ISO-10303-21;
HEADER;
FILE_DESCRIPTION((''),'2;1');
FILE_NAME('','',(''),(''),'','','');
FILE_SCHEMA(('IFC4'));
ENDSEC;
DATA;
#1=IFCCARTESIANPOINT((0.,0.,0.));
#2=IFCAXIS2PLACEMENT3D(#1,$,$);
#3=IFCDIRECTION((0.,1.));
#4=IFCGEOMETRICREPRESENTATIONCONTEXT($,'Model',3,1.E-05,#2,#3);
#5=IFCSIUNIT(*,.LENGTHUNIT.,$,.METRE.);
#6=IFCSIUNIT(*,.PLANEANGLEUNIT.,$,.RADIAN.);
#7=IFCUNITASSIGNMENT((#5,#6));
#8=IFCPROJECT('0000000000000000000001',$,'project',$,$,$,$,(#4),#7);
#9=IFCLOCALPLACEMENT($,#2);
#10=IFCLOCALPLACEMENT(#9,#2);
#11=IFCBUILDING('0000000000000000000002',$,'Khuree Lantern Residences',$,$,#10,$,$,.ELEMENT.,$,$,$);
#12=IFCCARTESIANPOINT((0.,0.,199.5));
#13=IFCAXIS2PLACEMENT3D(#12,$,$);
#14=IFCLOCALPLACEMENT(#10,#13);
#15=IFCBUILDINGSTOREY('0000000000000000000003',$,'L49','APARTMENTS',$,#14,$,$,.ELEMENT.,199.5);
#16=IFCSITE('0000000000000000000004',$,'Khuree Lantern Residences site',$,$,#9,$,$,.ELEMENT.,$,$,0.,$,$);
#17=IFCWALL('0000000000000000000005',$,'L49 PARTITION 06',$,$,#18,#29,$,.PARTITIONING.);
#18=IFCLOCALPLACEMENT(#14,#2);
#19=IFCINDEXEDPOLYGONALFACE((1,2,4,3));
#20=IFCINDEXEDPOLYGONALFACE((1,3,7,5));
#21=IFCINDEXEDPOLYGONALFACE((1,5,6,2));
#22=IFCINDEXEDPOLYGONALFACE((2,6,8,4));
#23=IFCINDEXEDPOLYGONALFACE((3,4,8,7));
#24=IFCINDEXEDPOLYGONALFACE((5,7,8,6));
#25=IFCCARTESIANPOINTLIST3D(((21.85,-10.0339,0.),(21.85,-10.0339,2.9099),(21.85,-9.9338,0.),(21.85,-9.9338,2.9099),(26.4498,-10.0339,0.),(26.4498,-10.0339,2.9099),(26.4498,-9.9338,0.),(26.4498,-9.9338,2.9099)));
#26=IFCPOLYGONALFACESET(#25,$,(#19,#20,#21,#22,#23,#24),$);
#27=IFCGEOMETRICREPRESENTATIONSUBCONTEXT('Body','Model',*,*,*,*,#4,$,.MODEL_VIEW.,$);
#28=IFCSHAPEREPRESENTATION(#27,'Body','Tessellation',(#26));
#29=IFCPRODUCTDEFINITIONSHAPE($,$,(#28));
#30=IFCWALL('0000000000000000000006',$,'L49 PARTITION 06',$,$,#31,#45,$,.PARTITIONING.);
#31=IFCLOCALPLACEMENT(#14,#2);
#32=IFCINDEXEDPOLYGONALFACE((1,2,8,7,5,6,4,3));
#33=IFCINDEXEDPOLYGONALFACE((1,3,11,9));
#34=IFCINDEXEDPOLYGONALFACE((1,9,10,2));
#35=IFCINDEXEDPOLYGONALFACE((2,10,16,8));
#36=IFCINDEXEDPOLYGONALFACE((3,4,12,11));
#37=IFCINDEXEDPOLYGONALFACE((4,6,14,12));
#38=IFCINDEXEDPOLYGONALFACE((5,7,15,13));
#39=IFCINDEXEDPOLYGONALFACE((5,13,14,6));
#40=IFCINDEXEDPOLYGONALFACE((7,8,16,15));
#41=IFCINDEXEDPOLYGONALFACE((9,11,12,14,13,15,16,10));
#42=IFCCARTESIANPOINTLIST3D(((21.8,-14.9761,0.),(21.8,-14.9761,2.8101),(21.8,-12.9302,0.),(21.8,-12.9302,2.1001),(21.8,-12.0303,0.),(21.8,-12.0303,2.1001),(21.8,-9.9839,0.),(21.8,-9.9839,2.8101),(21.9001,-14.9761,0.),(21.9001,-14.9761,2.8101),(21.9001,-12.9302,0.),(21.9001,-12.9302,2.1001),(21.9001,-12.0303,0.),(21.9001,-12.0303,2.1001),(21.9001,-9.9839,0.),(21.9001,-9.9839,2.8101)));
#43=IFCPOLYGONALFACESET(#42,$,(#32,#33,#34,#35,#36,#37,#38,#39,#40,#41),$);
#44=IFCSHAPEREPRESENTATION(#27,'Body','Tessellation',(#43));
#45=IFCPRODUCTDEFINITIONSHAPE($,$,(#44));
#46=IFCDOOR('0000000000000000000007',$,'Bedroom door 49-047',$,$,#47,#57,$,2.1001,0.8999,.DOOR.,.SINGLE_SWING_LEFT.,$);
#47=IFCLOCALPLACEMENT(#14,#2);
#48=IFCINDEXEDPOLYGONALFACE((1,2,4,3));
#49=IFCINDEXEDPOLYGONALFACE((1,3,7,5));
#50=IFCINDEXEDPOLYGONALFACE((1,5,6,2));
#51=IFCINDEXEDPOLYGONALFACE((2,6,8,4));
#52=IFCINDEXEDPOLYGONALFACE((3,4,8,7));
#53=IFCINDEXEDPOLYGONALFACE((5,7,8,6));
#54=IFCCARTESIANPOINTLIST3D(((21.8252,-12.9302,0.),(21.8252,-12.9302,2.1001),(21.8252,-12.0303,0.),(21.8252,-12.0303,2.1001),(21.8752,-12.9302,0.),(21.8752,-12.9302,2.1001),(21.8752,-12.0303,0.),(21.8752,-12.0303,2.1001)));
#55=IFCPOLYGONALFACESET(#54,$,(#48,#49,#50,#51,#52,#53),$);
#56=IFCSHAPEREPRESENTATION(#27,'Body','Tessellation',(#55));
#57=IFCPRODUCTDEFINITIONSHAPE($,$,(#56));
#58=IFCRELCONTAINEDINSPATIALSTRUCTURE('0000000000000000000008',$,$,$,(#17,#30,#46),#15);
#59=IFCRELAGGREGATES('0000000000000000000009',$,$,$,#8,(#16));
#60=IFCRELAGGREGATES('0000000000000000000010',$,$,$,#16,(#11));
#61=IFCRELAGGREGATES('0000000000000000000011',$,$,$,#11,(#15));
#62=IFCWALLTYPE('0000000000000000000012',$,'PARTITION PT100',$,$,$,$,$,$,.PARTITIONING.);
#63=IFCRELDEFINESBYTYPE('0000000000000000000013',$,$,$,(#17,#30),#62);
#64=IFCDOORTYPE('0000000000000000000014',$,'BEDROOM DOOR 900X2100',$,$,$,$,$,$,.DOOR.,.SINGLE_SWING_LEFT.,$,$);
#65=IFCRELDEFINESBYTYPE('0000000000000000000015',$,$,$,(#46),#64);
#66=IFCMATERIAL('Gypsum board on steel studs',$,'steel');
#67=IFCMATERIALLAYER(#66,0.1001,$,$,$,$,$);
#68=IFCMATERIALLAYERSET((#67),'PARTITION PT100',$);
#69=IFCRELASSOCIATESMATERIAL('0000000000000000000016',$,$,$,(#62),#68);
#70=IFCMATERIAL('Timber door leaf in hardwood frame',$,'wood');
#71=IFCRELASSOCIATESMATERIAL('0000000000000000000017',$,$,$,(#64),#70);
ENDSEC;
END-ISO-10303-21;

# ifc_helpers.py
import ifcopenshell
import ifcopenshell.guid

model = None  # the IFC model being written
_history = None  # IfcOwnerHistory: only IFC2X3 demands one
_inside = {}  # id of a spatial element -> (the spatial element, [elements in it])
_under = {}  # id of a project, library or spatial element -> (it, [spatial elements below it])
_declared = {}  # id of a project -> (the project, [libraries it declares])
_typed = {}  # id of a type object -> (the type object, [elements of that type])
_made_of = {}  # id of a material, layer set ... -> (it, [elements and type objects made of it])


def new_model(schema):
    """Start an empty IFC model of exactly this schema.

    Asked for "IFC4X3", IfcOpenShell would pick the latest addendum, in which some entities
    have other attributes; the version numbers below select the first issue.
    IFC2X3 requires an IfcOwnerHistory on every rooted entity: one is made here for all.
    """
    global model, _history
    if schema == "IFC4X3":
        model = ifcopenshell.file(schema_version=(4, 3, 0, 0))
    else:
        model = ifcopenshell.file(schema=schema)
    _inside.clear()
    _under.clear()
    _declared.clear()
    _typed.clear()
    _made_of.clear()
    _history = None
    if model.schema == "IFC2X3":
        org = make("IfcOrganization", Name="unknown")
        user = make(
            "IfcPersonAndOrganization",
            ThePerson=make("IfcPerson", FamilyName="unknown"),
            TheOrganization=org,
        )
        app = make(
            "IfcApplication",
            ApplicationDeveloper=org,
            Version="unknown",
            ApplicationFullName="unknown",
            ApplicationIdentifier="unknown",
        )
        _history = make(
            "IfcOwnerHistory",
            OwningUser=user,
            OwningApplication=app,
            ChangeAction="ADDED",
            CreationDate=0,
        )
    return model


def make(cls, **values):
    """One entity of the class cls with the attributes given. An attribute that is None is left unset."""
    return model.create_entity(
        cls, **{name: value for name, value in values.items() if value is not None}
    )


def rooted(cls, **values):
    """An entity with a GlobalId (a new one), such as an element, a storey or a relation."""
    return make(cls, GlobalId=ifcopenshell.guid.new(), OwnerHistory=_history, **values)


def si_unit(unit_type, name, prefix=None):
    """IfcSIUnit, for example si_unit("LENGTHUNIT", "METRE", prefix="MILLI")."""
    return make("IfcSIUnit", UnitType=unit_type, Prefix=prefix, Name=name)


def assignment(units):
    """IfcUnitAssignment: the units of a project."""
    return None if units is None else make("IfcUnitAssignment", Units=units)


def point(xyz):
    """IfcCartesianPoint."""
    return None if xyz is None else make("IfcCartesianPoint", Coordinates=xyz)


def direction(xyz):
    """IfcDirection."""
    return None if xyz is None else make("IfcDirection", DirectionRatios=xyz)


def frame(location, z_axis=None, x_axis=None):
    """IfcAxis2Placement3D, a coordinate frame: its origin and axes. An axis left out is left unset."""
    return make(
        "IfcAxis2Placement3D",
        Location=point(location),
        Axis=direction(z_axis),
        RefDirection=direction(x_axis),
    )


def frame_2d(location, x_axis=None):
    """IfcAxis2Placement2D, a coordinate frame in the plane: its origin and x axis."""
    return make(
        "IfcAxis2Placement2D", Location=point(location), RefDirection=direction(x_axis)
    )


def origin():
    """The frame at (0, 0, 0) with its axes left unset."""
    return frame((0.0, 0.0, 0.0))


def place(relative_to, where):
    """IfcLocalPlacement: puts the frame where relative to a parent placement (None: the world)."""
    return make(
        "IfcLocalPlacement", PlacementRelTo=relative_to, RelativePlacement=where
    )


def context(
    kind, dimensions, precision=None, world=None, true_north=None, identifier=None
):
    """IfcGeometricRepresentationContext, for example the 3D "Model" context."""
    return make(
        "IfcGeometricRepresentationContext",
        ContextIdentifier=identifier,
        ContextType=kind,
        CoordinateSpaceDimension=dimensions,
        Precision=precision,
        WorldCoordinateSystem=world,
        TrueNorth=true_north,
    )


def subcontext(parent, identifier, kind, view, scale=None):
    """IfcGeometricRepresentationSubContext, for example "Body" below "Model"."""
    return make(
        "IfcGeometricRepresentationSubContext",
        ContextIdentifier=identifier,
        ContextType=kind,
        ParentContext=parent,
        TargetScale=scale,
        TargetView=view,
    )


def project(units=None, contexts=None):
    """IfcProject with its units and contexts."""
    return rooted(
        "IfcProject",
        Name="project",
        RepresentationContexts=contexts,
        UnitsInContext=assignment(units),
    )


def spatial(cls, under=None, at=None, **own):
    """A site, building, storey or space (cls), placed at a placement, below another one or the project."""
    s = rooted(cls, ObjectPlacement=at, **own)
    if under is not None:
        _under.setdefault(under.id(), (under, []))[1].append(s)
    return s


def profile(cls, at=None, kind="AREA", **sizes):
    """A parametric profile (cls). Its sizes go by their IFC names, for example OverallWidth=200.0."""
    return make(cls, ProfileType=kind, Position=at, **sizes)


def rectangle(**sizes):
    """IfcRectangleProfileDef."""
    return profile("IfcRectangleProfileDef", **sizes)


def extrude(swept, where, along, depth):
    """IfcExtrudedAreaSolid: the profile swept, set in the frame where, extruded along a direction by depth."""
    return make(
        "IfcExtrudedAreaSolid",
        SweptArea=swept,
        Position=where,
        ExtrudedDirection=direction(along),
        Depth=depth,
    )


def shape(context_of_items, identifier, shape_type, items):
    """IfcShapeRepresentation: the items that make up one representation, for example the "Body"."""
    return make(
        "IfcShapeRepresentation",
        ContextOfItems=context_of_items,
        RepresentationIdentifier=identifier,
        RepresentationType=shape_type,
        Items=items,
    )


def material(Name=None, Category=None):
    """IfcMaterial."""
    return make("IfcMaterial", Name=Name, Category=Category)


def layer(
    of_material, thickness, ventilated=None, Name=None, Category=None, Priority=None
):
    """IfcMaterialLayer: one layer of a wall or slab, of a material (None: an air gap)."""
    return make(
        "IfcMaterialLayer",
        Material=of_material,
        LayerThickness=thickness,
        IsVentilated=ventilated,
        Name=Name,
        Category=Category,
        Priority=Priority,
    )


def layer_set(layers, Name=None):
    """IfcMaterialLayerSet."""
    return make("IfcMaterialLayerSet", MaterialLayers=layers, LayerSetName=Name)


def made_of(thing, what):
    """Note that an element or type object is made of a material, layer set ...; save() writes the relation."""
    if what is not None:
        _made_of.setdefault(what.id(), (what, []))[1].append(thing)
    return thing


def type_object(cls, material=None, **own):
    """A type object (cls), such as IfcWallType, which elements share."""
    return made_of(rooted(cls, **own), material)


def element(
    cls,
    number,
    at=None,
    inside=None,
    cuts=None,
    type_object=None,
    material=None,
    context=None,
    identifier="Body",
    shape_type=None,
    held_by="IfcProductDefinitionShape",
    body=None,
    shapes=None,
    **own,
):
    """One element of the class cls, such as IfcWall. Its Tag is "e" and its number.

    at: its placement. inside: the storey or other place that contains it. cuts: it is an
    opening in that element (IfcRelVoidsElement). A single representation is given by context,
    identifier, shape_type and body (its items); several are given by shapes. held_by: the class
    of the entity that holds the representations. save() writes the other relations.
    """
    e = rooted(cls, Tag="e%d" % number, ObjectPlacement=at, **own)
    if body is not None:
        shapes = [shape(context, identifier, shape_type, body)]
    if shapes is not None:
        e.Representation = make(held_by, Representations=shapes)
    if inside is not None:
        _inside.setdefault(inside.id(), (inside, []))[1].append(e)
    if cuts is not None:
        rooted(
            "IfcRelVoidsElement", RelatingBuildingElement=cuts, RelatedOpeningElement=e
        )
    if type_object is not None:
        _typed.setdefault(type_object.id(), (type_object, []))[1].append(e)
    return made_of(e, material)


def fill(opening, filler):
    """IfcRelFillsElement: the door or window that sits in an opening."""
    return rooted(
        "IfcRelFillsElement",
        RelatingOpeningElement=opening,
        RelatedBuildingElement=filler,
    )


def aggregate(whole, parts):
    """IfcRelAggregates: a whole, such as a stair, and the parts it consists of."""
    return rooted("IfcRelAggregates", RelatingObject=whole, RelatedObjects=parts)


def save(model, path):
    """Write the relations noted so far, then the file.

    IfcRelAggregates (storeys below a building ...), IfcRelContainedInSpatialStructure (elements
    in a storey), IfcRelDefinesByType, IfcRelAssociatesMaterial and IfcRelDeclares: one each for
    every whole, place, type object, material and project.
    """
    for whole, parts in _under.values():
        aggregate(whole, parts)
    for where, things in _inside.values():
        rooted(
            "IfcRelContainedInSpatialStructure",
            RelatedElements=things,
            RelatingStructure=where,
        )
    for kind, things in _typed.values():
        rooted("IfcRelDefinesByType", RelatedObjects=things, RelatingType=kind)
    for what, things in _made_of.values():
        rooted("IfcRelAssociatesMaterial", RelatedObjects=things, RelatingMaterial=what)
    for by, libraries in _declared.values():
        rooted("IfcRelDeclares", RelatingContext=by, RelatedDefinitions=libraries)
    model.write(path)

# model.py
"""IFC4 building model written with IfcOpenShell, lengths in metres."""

from ifc_helpers import new_model, si_unit, direction, frame, frame_2d, origin, place, context, subcontext, project, spatial, rectangle, extrude, material, layer, layer_set, type_object, element, fill, save


model = new_model("IFC4")

# Units and contexts
model_context = context("Model", 3, precision=1e-05, world=origin(), true_north=direction((0.0, 1.0)))
body_context = subcontext(model_context, "Body", "Model", "MODEL_VIEW")
ifc_project = project(units=[si_unit("LENGTHUNIT", "METRE"), si_unit("PLANEANGLEUNIT", "RADIAN")], contexts=[model_context])

# Site, building, storey
site_placement = place(None, origin())
site = spatial("IfcSite", under=ifc_project, at=site_placement, Name="Khuree Lantern Residences site", CompositionType="ELEMENT", RefElevation=0.0)
building_placement = place(site_placement, origin())
building = spatial("IfcBuilding", under=site, at=building_placement, Name="Khuree Lantern Residences", CompositionType="ELEMENT")
storey_placement = place(building_placement, frame((0.0, 0.0, 199.5)))
storey = spatial("IfcBuildingStorey", under=building, at=storey_placement, Name="L49", Description="APARTMENTS", CompositionType="ELEMENT", Elevation=199.5)

# Shared definitions
ifc_material_1 = material(Name="Timber door leaf in hardwood frame", Category="wood")

# Shared definitions
ifc_material_2 = material(Name="Gypsum board on steel studs", Category="steel")

# Wall
ifc_layer_1 = layer(ifc_material_2, 0.1001)
ifc_layer_set_1 = layer_set([ifc_layer_1], Name="PARTITION PT100")
wall_type_1 = type_object("IfcWallType", Name="PARTITION PT100", PredefinedType="PARTITIONING", material=ifc_layer_set_1)
for number, where, z_axis, x_axis, name in (
    (1, (21.8501, -9.9839, 0.0), (0.0, 0.0, 1.0), (1.0, 0.0, 0.0), "L49 PARTITION 06"),
):
    element("IfcWall", number, at=place(storey_placement, frame(where, z_axis=z_axis, x_axis=x_axis)), inside=storey, type_object=wall_type_1, Name=name, PredefinedType="PARTITIONING", context=body_context, shape_type="SweptSolid", body=[
        extrude(rectangle(XDim=4.5999, YDim=0.1001, at=frame_2d((2.2998, 0.0))), origin(), (0.0, 0.0, 1.0), 2.9099),
    ])

# Wall, opening, door
wall_1_placement = place(storey_placement, frame((21.8501, -14.9761, 0.0), z_axis=(0.0, 0.0, 1.0), x_axis=(0.0, 1.0, 0.0)))
wall_1 = element("IfcWall", 2, at=wall_1_placement, inside=storey, type_object=wall_type_1, Name="L49 PARTITION 06", PredefinedType="PARTITIONING", context=body_context, shape_type="SweptSolid", body=[
    extrude(rectangle(XDim=4.9922, YDim=0.1001, at=frame_2d((2.4961, 0.0))), origin(), (0.0, 0.0, 1.0), 2.8101),
])
opening_1_placement = place(wall_1_placement, frame((2.0459, 0.0, 0.0)))
opening_1 = element("IfcOpeningElement", 3, at=opening_1_placement, cuts=wall_1, PredefinedType="OPENING", context=body_context, shape_type="SweptSolid", body=[
    extrude(rectangle(XDim=0.8999, YDim=2.1001, at=frame_2d((0.45, 1.05))), frame((0.0, 0.0601, 0.0), z_axis=(0.0, -1.0, 0.0), x_axis=(1.0, 0.0, 0.0)), (0.0, 0.0, 1.0), 0.1201),
])
door_type_1 = type_object("IfcDoorType", Name="BEDROOM DOOR 900X2100", OperationType="SINGLE_SWING_LEFT", PredefinedType="DOOR", material=ifc_material_1)
door_1_placement = place(opening_1_placement, origin())
door_1 = element("IfcDoor", 4, at=door_1_placement, inside=storey, type_object=door_type_1, Name="Bedroom door 49-047", OperationType="SINGLE_SWING_LEFT", OverallHeight=2.1001, OverallWidth=0.8999, PredefinedType="DOOR", context=body_context, shape_type="SweptSolid", body=[
    extrude(rectangle(XDim=0.8999, YDim=2.1001, at=frame_2d((0.45, 1.05))), frame((0.0, 0.0249, 0.0), z_axis=(0.0, -1.0, 0.0), x_axis=(1.0, 0.0, 0.0)), (0.0, 0.0, 1.0), 0.05),
])
fill(opening_1, door_1)

save(model, "model.ifc")
